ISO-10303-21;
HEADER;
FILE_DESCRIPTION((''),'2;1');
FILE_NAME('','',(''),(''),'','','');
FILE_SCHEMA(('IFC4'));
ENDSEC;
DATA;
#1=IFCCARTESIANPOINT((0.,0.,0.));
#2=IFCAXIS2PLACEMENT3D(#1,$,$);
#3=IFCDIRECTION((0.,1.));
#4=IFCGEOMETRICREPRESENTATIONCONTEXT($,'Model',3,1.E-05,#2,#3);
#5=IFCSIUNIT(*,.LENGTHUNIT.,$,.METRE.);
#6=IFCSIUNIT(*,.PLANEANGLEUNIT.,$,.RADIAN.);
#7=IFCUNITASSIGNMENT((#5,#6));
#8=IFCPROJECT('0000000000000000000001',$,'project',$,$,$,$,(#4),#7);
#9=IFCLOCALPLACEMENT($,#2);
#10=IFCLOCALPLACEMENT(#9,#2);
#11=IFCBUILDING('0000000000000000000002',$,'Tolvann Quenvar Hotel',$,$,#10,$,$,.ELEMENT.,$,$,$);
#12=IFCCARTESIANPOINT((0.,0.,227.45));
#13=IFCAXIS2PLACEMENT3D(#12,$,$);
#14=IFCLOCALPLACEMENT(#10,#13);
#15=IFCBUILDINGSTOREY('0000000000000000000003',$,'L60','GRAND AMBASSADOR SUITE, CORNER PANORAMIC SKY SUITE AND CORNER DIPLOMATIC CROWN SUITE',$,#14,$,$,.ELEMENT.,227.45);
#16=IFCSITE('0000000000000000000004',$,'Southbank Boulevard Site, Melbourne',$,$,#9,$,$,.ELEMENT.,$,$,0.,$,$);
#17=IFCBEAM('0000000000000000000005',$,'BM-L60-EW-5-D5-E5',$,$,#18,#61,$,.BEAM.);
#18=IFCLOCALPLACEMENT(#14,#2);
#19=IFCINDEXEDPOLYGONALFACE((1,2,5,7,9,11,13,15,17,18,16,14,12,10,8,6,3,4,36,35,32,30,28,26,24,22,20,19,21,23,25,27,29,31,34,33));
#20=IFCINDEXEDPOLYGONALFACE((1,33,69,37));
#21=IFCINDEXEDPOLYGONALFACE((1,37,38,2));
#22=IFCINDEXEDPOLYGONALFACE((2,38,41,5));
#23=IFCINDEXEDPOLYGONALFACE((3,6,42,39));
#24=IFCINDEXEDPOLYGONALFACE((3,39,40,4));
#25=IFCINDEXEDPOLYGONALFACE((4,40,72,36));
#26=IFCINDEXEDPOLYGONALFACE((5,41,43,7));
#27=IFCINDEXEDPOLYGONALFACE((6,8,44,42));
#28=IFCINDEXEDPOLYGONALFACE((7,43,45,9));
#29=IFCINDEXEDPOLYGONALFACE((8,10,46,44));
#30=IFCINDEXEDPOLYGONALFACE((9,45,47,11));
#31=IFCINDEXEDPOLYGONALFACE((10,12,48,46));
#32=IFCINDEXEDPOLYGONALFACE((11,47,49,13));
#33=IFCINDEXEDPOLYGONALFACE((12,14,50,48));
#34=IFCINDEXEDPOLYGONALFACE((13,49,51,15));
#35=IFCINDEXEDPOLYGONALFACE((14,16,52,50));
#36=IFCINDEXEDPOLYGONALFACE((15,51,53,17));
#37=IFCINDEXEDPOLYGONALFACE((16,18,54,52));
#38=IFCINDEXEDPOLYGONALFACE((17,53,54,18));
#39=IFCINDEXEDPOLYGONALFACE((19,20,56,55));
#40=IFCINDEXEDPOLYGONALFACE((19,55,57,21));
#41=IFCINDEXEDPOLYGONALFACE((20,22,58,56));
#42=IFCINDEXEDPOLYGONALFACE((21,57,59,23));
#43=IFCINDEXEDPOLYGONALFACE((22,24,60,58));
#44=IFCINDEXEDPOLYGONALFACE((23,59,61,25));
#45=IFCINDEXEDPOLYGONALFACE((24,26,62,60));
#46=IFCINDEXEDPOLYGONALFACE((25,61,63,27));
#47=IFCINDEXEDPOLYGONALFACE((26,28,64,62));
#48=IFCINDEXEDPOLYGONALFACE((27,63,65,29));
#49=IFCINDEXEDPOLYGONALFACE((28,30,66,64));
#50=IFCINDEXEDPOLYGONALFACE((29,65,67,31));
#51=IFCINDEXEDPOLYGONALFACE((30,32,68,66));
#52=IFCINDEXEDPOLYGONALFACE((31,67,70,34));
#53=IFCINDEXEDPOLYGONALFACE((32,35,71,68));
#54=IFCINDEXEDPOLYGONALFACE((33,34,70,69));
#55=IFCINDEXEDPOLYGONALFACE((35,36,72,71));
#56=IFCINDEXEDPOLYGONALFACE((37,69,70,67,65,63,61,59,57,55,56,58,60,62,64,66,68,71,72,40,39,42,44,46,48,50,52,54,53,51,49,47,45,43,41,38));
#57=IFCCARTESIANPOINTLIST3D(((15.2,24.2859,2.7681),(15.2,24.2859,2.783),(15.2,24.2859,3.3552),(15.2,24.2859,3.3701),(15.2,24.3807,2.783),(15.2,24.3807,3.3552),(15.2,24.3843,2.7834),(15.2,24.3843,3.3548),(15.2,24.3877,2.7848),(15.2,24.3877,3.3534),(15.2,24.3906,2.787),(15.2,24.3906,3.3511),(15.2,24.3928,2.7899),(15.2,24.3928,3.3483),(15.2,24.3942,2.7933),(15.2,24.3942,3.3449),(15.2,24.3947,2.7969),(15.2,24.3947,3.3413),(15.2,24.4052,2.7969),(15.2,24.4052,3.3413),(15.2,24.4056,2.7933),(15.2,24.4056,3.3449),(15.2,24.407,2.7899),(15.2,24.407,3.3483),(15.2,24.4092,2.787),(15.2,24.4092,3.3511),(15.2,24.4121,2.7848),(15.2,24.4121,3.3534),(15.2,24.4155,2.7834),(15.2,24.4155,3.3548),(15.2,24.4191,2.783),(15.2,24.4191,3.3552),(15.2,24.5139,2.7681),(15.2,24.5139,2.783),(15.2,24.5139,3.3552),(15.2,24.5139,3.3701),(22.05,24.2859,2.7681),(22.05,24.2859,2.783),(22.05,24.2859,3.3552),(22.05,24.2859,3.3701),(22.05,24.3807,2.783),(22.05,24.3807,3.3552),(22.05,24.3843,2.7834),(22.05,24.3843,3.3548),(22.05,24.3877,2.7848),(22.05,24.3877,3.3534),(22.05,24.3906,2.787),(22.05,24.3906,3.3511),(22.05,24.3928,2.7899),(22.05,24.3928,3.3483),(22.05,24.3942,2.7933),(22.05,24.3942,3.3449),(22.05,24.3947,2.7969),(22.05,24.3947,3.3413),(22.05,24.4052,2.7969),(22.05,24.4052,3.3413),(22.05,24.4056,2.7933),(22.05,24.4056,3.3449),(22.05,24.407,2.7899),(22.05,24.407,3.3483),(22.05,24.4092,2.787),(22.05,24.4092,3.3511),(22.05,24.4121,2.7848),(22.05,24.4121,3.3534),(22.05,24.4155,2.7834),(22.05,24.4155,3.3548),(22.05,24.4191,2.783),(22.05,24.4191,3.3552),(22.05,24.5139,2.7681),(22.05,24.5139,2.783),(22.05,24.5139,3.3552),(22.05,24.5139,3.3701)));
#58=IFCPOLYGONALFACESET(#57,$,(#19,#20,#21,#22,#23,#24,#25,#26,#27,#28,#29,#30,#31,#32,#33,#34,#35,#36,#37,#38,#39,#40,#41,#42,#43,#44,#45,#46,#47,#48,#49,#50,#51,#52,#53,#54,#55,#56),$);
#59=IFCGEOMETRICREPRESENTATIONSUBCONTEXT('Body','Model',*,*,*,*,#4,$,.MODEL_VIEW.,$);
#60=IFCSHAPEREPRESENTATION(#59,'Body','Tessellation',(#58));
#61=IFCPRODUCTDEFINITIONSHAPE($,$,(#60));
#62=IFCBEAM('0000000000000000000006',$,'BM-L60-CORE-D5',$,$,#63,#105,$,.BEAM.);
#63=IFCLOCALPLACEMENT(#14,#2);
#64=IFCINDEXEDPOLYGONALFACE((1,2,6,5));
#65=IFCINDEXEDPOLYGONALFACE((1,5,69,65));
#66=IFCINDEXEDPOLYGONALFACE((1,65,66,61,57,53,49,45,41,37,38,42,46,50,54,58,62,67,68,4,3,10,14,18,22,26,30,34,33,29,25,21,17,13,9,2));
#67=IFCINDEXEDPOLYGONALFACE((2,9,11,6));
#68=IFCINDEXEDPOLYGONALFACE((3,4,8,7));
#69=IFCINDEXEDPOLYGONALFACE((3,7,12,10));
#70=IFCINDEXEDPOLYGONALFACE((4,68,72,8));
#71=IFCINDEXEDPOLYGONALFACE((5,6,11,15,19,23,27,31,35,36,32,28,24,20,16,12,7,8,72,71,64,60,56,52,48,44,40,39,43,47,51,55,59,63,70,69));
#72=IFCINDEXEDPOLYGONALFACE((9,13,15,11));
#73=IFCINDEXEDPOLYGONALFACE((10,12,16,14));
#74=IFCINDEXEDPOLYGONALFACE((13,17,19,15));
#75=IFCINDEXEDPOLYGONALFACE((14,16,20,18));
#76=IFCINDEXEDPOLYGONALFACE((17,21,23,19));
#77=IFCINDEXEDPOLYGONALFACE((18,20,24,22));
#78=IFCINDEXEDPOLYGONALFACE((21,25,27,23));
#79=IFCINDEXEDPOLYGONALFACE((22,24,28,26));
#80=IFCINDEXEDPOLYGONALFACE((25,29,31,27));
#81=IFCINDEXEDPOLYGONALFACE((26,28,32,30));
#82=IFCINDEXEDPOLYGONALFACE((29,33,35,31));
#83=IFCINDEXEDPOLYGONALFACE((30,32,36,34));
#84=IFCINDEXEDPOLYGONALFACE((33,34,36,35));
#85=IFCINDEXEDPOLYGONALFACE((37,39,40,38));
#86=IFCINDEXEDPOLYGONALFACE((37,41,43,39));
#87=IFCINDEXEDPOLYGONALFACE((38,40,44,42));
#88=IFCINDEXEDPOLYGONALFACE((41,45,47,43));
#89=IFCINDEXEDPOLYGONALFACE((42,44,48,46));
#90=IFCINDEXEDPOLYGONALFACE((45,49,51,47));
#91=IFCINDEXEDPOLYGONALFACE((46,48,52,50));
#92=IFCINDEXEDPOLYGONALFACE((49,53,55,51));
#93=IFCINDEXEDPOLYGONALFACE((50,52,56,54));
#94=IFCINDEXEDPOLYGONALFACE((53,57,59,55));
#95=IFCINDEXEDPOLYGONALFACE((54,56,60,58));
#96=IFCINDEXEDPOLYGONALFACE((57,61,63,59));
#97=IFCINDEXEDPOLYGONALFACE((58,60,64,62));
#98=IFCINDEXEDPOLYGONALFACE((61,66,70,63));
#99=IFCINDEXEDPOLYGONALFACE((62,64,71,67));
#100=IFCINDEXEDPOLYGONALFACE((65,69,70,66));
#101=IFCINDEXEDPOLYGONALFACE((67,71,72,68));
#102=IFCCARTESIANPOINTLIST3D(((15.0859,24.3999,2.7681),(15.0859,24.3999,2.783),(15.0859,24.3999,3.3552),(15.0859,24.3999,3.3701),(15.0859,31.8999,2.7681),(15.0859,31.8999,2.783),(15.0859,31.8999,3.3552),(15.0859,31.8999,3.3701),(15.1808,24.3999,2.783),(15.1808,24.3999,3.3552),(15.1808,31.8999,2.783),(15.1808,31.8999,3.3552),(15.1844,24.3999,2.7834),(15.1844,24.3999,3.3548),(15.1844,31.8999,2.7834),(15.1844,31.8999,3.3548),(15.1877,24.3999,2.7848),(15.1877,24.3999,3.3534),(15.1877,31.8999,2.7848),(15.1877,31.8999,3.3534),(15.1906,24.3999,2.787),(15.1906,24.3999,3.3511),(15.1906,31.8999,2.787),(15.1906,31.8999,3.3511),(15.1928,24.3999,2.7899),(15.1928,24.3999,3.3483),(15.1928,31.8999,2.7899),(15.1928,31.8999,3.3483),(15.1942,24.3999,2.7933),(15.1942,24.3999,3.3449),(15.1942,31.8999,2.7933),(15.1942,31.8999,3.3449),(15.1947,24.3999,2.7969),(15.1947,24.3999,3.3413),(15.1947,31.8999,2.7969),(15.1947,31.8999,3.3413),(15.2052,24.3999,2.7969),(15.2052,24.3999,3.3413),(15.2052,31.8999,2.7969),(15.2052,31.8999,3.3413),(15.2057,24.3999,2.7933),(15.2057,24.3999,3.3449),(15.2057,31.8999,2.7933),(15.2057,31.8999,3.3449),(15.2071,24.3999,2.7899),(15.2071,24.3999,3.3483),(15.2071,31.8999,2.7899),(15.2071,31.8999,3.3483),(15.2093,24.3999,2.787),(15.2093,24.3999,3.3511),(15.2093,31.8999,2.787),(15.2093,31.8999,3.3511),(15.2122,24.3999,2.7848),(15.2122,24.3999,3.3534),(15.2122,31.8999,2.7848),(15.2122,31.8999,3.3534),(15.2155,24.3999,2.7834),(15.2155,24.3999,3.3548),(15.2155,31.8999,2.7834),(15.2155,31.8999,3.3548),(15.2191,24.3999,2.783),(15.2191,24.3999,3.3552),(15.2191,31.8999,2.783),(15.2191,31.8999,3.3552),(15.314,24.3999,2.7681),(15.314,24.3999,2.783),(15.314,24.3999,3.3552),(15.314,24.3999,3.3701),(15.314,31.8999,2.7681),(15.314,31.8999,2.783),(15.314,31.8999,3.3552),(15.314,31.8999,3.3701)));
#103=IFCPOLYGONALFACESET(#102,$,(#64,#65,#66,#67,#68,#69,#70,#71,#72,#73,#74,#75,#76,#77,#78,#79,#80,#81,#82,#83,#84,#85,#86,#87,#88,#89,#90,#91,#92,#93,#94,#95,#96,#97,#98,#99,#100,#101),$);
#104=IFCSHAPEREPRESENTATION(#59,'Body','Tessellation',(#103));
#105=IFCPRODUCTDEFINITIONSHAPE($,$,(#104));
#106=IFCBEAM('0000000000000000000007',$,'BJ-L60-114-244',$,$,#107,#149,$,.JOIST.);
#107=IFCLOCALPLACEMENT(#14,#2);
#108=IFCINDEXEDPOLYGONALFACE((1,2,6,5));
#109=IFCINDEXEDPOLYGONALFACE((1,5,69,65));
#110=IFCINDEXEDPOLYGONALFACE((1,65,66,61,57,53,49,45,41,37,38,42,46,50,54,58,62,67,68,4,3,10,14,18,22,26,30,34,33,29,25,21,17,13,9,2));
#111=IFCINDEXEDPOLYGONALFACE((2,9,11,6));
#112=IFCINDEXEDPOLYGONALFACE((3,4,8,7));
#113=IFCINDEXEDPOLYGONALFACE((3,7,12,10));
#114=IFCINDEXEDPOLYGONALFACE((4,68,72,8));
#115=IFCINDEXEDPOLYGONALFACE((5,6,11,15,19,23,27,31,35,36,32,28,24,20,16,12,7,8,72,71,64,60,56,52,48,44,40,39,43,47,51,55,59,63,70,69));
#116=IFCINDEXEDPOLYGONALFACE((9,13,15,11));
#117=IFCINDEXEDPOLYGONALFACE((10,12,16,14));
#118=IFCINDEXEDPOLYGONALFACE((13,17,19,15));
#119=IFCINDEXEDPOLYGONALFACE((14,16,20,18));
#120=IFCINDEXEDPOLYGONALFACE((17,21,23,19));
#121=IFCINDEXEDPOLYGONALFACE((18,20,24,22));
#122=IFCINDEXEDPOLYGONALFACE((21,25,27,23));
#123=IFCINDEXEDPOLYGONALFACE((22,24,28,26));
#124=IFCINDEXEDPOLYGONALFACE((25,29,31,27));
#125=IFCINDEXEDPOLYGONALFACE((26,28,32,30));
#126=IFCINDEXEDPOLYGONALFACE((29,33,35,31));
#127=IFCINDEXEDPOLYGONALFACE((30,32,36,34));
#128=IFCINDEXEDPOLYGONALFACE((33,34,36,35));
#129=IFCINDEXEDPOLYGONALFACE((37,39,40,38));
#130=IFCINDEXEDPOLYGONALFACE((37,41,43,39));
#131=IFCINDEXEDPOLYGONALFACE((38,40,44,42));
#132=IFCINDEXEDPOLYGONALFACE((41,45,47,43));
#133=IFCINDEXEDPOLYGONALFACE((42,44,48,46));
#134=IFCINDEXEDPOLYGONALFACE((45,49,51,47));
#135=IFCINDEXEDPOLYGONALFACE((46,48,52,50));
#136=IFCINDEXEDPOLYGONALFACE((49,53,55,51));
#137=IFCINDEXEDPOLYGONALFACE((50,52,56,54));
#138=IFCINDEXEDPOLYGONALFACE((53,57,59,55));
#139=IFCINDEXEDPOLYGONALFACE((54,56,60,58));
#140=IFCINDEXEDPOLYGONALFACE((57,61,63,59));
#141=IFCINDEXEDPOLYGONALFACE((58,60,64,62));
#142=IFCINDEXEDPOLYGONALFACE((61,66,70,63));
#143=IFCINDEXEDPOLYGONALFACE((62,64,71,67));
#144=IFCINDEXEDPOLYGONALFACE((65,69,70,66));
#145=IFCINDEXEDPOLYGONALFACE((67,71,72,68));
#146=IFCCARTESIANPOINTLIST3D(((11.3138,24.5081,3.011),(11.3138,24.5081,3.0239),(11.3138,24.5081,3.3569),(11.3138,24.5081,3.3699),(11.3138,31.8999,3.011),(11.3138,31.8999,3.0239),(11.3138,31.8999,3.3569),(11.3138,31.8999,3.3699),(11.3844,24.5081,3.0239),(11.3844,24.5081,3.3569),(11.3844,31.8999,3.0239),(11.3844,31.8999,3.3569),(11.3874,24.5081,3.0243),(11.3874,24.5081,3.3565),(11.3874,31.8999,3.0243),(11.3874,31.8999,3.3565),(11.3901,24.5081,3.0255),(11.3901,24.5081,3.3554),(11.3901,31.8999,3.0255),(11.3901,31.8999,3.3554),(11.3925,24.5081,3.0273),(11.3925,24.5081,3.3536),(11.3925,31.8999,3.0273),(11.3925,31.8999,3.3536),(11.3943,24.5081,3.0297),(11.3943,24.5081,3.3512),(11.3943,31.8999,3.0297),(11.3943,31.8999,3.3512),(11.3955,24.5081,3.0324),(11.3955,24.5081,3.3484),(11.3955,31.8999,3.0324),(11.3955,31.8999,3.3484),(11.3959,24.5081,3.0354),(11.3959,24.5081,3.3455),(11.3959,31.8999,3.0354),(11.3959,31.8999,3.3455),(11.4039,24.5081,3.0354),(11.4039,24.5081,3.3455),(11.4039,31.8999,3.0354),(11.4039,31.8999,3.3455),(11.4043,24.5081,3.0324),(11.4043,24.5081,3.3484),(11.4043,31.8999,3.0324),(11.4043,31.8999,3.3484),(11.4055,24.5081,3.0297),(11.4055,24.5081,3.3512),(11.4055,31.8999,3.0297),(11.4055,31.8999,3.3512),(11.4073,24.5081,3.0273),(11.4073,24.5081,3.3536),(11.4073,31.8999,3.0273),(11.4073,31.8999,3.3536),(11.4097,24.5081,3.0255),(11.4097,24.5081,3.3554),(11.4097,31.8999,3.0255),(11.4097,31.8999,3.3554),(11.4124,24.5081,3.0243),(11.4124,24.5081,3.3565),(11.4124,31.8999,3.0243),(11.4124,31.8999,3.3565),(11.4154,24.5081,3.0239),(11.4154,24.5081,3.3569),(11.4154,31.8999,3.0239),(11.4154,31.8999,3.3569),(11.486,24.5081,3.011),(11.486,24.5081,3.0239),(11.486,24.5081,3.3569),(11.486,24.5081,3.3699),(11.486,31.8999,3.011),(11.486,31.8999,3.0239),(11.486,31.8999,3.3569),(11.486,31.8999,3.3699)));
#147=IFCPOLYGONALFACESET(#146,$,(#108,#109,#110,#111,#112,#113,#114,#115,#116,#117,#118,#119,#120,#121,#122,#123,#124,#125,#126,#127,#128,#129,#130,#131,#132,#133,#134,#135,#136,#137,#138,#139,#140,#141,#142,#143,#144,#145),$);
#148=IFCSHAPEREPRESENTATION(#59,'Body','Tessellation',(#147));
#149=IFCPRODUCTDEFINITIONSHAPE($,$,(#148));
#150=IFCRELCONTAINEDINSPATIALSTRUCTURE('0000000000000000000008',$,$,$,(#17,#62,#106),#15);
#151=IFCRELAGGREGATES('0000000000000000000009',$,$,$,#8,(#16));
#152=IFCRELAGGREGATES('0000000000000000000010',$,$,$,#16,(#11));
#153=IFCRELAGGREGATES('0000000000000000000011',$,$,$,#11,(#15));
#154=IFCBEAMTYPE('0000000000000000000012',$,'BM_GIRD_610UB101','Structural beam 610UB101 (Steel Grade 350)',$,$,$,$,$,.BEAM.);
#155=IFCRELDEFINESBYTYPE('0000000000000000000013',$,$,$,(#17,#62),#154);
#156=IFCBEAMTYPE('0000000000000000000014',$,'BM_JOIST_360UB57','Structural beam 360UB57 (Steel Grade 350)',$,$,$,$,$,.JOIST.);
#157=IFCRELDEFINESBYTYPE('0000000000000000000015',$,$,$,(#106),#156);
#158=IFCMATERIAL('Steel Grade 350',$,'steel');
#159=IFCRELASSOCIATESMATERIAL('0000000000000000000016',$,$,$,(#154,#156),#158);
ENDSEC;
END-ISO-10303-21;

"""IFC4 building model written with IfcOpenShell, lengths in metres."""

from ifc_helpers import new_model, si_unit, direction, frame, origin, origin_2d, place, context, subcontext, project, spatial, i_section, extrude, source, transform, mapped, material, material_profile, profile_set, type_object, type_shapes, element, save


model = new_model("IFC4")

# Units and contexts
model_context = context("Model", 3, precision=1e-05, world=origin(), true_north=direction((0.0, 1.0)))
body_context = subcontext(model_context, "Body", "Model", "MODEL_VIEW")
ifc_project = project(units=[si_unit("LENGTHUNIT", "METRE"), si_unit("PLANEANGLEUNIT", "RADIAN")], contexts=[model_context])

# Site, building, storey
site_placement = place(None, origin())
site = spatial("IfcSite", under=ifc_project, at=site_placement, Name="Southbank Boulevard Site, Melbourne", CompositionType="ELEMENT", RefElevation=0.0)
building_placement = place(site_placement, origin())
building = spatial("IfcBuilding", under=site, at=building_placement, Name="Tolvann Quenvar Hotel", CompositionType="ELEMENT")
storey_placement = place(building_placement, frame((0.0, 0.0, 227.45)))
storey = spatial("IfcBuildingStorey", under=building, at=storey_placement, Name="L60", Description="GRAND AMBASSADOR SUITE, CORNER PANORAMIC SKY SUITE AND CORNER DIPLOMATIC CROWN SUITE", CompositionType="ELEMENT", Elevation=227.45)

# Beams
ifc_material_1 = material(Name="Steel Grade 350", Category="steel")
ifc_material_profile_1 = material_profile(ifc_material_1, i_section(OverallWidth=0.228, OverallDepth=0.6021, WebThickness=0.0105, FlangeThickness=0.0149, FilletRadius=0.0139, at=origin_2d()), Name="610UB101")
ifc_profile_set_1 = profile_set([ifc_material_profile_1], Name="Steel Grade 350")
beam_type_1 = type_object("IfcBeamType", Name="BM_GIRD_610UB101", Description="Structural beam 610UB101 (Steel Grade 350)", PredefinedType="BEAM", material=ifc_profile_set_1)
shared_shape_1 = source(origin(), body_context, "Body", "SweptSolid", [
    extrude(i_section(OverallWidth=0.228, OverallDepth=0.6021, WebThickness=0.0105, FlangeThickness=0.0149, FilletRadius=0.0139, at=origin_2d()), origin(), (0.0, 0.0, 1.0), 6.8501),
])
beam_1_placement = place(storey_placement, frame((15.2, 24.3999, 3.0691), z_axis=(1.0, 0.0, 0.0), x_axis=(0.0, 1.0, 0.0)))
element("IfcBeam", 1, at=beam_1_placement, inside=storey, type_object=beam_type_1, Name="BM-L60-EW-5-D5-E5", PredefinedType="BEAM", context=body_context, shape_type="MappedRepresentation", body=[
    mapped(shared_shape_1, transform((0.0, 0.0, 0.0), x_axis=(1.0, 0.0, 0.0), y_axis=(0.0, 1.0, 0.0), z_axis=(0.0, 0.0, 1.0), scale=1.0)),
])
shared_shape_2 = source(origin(), body_context, "Body", "SweptSolid", [
    extrude(i_section(OverallWidth=0.228, OverallDepth=0.6021, WebThickness=0.0105, FlangeThickness=0.0149, FilletRadius=0.0139, at=origin_2d()), origin(), (0.0, 0.0, 1.0), 7.5),
])
beam_2_placement = place(storey_placement, frame((15.2, 24.3999, 3.0691), z_axis=(0.0, 1.0, 0.0), x_axis=(-1.0, 0.0, 0.0)))
element("IfcBeam", 2, at=beam_2_placement, inside=storey, type_object=beam_type_1, Name="BM-L60-CORE-D5", PredefinedType="BEAM", context=body_context, shape_type="MappedRepresentation", body=[
    mapped(shared_shape_2, transform((0.0, 0.0, 0.0), x_axis=(1.0, 0.0, 0.0), y_axis=(0.0, 1.0, 0.0), z_axis=(0.0, 0.0, 1.0), scale=1.0)),
])
ifc_material_profile_2 = material_profile(ifc_material_1, i_section(OverallWidth=0.1721, OverallDepth=0.3589, WebThickness=0.0081, FlangeThickness=0.0129, FilletRadius=0.0115, at=origin_2d()), Name="360UB57")
ifc_profile_set_2 = profile_set([ifc_material_profile_2], Name="Steel Grade 350")
beam_type_2 = type_object("IfcBeamType", Name="BM_JOIST_360UB57", Description="Structural beam 360UB57 (Steel Grade 350)", PredefinedType="JOIST", material=ifc_profile_set_2)
shared_shape_3 = source(origin(), body_context, "Body", "SweptSolid", [
    extrude(i_section(OverallWidth=0.1721, OverallDepth=0.3589, WebThickness=0.0081, FlangeThickness=0.0129, FilletRadius=0.0115, at=origin_2d()), origin(), (0.0, 0.0, 1.0), 7.3918),
])
type_shapes(beam_type_2, [shared_shape_3])
beam_3_placement = place(storey_placement, frame((11.3999, 24.5081, 3.1904), z_axis=(0.0, 1.0, 0.0), x_axis=(-1.0, 0.0, 0.0)))
element("IfcBeam", 3, at=beam_3_placement, inside=storey, type_object=beam_type_2, Name="BJ-L60-114-244", PredefinedType="JOIST", context=body_context, shape_type="MappedRepresentation", body=[
    mapped(shared_shape_3, transform((0.0, 0.0, 0.0), x_axis=(1.0, 0.0, 0.0), y_axis=(0.0, 1.0, 0.0), z_axis=(0.0, 0.0, 1.0), scale=1.0)),
])

save(model, "model.ifc")
